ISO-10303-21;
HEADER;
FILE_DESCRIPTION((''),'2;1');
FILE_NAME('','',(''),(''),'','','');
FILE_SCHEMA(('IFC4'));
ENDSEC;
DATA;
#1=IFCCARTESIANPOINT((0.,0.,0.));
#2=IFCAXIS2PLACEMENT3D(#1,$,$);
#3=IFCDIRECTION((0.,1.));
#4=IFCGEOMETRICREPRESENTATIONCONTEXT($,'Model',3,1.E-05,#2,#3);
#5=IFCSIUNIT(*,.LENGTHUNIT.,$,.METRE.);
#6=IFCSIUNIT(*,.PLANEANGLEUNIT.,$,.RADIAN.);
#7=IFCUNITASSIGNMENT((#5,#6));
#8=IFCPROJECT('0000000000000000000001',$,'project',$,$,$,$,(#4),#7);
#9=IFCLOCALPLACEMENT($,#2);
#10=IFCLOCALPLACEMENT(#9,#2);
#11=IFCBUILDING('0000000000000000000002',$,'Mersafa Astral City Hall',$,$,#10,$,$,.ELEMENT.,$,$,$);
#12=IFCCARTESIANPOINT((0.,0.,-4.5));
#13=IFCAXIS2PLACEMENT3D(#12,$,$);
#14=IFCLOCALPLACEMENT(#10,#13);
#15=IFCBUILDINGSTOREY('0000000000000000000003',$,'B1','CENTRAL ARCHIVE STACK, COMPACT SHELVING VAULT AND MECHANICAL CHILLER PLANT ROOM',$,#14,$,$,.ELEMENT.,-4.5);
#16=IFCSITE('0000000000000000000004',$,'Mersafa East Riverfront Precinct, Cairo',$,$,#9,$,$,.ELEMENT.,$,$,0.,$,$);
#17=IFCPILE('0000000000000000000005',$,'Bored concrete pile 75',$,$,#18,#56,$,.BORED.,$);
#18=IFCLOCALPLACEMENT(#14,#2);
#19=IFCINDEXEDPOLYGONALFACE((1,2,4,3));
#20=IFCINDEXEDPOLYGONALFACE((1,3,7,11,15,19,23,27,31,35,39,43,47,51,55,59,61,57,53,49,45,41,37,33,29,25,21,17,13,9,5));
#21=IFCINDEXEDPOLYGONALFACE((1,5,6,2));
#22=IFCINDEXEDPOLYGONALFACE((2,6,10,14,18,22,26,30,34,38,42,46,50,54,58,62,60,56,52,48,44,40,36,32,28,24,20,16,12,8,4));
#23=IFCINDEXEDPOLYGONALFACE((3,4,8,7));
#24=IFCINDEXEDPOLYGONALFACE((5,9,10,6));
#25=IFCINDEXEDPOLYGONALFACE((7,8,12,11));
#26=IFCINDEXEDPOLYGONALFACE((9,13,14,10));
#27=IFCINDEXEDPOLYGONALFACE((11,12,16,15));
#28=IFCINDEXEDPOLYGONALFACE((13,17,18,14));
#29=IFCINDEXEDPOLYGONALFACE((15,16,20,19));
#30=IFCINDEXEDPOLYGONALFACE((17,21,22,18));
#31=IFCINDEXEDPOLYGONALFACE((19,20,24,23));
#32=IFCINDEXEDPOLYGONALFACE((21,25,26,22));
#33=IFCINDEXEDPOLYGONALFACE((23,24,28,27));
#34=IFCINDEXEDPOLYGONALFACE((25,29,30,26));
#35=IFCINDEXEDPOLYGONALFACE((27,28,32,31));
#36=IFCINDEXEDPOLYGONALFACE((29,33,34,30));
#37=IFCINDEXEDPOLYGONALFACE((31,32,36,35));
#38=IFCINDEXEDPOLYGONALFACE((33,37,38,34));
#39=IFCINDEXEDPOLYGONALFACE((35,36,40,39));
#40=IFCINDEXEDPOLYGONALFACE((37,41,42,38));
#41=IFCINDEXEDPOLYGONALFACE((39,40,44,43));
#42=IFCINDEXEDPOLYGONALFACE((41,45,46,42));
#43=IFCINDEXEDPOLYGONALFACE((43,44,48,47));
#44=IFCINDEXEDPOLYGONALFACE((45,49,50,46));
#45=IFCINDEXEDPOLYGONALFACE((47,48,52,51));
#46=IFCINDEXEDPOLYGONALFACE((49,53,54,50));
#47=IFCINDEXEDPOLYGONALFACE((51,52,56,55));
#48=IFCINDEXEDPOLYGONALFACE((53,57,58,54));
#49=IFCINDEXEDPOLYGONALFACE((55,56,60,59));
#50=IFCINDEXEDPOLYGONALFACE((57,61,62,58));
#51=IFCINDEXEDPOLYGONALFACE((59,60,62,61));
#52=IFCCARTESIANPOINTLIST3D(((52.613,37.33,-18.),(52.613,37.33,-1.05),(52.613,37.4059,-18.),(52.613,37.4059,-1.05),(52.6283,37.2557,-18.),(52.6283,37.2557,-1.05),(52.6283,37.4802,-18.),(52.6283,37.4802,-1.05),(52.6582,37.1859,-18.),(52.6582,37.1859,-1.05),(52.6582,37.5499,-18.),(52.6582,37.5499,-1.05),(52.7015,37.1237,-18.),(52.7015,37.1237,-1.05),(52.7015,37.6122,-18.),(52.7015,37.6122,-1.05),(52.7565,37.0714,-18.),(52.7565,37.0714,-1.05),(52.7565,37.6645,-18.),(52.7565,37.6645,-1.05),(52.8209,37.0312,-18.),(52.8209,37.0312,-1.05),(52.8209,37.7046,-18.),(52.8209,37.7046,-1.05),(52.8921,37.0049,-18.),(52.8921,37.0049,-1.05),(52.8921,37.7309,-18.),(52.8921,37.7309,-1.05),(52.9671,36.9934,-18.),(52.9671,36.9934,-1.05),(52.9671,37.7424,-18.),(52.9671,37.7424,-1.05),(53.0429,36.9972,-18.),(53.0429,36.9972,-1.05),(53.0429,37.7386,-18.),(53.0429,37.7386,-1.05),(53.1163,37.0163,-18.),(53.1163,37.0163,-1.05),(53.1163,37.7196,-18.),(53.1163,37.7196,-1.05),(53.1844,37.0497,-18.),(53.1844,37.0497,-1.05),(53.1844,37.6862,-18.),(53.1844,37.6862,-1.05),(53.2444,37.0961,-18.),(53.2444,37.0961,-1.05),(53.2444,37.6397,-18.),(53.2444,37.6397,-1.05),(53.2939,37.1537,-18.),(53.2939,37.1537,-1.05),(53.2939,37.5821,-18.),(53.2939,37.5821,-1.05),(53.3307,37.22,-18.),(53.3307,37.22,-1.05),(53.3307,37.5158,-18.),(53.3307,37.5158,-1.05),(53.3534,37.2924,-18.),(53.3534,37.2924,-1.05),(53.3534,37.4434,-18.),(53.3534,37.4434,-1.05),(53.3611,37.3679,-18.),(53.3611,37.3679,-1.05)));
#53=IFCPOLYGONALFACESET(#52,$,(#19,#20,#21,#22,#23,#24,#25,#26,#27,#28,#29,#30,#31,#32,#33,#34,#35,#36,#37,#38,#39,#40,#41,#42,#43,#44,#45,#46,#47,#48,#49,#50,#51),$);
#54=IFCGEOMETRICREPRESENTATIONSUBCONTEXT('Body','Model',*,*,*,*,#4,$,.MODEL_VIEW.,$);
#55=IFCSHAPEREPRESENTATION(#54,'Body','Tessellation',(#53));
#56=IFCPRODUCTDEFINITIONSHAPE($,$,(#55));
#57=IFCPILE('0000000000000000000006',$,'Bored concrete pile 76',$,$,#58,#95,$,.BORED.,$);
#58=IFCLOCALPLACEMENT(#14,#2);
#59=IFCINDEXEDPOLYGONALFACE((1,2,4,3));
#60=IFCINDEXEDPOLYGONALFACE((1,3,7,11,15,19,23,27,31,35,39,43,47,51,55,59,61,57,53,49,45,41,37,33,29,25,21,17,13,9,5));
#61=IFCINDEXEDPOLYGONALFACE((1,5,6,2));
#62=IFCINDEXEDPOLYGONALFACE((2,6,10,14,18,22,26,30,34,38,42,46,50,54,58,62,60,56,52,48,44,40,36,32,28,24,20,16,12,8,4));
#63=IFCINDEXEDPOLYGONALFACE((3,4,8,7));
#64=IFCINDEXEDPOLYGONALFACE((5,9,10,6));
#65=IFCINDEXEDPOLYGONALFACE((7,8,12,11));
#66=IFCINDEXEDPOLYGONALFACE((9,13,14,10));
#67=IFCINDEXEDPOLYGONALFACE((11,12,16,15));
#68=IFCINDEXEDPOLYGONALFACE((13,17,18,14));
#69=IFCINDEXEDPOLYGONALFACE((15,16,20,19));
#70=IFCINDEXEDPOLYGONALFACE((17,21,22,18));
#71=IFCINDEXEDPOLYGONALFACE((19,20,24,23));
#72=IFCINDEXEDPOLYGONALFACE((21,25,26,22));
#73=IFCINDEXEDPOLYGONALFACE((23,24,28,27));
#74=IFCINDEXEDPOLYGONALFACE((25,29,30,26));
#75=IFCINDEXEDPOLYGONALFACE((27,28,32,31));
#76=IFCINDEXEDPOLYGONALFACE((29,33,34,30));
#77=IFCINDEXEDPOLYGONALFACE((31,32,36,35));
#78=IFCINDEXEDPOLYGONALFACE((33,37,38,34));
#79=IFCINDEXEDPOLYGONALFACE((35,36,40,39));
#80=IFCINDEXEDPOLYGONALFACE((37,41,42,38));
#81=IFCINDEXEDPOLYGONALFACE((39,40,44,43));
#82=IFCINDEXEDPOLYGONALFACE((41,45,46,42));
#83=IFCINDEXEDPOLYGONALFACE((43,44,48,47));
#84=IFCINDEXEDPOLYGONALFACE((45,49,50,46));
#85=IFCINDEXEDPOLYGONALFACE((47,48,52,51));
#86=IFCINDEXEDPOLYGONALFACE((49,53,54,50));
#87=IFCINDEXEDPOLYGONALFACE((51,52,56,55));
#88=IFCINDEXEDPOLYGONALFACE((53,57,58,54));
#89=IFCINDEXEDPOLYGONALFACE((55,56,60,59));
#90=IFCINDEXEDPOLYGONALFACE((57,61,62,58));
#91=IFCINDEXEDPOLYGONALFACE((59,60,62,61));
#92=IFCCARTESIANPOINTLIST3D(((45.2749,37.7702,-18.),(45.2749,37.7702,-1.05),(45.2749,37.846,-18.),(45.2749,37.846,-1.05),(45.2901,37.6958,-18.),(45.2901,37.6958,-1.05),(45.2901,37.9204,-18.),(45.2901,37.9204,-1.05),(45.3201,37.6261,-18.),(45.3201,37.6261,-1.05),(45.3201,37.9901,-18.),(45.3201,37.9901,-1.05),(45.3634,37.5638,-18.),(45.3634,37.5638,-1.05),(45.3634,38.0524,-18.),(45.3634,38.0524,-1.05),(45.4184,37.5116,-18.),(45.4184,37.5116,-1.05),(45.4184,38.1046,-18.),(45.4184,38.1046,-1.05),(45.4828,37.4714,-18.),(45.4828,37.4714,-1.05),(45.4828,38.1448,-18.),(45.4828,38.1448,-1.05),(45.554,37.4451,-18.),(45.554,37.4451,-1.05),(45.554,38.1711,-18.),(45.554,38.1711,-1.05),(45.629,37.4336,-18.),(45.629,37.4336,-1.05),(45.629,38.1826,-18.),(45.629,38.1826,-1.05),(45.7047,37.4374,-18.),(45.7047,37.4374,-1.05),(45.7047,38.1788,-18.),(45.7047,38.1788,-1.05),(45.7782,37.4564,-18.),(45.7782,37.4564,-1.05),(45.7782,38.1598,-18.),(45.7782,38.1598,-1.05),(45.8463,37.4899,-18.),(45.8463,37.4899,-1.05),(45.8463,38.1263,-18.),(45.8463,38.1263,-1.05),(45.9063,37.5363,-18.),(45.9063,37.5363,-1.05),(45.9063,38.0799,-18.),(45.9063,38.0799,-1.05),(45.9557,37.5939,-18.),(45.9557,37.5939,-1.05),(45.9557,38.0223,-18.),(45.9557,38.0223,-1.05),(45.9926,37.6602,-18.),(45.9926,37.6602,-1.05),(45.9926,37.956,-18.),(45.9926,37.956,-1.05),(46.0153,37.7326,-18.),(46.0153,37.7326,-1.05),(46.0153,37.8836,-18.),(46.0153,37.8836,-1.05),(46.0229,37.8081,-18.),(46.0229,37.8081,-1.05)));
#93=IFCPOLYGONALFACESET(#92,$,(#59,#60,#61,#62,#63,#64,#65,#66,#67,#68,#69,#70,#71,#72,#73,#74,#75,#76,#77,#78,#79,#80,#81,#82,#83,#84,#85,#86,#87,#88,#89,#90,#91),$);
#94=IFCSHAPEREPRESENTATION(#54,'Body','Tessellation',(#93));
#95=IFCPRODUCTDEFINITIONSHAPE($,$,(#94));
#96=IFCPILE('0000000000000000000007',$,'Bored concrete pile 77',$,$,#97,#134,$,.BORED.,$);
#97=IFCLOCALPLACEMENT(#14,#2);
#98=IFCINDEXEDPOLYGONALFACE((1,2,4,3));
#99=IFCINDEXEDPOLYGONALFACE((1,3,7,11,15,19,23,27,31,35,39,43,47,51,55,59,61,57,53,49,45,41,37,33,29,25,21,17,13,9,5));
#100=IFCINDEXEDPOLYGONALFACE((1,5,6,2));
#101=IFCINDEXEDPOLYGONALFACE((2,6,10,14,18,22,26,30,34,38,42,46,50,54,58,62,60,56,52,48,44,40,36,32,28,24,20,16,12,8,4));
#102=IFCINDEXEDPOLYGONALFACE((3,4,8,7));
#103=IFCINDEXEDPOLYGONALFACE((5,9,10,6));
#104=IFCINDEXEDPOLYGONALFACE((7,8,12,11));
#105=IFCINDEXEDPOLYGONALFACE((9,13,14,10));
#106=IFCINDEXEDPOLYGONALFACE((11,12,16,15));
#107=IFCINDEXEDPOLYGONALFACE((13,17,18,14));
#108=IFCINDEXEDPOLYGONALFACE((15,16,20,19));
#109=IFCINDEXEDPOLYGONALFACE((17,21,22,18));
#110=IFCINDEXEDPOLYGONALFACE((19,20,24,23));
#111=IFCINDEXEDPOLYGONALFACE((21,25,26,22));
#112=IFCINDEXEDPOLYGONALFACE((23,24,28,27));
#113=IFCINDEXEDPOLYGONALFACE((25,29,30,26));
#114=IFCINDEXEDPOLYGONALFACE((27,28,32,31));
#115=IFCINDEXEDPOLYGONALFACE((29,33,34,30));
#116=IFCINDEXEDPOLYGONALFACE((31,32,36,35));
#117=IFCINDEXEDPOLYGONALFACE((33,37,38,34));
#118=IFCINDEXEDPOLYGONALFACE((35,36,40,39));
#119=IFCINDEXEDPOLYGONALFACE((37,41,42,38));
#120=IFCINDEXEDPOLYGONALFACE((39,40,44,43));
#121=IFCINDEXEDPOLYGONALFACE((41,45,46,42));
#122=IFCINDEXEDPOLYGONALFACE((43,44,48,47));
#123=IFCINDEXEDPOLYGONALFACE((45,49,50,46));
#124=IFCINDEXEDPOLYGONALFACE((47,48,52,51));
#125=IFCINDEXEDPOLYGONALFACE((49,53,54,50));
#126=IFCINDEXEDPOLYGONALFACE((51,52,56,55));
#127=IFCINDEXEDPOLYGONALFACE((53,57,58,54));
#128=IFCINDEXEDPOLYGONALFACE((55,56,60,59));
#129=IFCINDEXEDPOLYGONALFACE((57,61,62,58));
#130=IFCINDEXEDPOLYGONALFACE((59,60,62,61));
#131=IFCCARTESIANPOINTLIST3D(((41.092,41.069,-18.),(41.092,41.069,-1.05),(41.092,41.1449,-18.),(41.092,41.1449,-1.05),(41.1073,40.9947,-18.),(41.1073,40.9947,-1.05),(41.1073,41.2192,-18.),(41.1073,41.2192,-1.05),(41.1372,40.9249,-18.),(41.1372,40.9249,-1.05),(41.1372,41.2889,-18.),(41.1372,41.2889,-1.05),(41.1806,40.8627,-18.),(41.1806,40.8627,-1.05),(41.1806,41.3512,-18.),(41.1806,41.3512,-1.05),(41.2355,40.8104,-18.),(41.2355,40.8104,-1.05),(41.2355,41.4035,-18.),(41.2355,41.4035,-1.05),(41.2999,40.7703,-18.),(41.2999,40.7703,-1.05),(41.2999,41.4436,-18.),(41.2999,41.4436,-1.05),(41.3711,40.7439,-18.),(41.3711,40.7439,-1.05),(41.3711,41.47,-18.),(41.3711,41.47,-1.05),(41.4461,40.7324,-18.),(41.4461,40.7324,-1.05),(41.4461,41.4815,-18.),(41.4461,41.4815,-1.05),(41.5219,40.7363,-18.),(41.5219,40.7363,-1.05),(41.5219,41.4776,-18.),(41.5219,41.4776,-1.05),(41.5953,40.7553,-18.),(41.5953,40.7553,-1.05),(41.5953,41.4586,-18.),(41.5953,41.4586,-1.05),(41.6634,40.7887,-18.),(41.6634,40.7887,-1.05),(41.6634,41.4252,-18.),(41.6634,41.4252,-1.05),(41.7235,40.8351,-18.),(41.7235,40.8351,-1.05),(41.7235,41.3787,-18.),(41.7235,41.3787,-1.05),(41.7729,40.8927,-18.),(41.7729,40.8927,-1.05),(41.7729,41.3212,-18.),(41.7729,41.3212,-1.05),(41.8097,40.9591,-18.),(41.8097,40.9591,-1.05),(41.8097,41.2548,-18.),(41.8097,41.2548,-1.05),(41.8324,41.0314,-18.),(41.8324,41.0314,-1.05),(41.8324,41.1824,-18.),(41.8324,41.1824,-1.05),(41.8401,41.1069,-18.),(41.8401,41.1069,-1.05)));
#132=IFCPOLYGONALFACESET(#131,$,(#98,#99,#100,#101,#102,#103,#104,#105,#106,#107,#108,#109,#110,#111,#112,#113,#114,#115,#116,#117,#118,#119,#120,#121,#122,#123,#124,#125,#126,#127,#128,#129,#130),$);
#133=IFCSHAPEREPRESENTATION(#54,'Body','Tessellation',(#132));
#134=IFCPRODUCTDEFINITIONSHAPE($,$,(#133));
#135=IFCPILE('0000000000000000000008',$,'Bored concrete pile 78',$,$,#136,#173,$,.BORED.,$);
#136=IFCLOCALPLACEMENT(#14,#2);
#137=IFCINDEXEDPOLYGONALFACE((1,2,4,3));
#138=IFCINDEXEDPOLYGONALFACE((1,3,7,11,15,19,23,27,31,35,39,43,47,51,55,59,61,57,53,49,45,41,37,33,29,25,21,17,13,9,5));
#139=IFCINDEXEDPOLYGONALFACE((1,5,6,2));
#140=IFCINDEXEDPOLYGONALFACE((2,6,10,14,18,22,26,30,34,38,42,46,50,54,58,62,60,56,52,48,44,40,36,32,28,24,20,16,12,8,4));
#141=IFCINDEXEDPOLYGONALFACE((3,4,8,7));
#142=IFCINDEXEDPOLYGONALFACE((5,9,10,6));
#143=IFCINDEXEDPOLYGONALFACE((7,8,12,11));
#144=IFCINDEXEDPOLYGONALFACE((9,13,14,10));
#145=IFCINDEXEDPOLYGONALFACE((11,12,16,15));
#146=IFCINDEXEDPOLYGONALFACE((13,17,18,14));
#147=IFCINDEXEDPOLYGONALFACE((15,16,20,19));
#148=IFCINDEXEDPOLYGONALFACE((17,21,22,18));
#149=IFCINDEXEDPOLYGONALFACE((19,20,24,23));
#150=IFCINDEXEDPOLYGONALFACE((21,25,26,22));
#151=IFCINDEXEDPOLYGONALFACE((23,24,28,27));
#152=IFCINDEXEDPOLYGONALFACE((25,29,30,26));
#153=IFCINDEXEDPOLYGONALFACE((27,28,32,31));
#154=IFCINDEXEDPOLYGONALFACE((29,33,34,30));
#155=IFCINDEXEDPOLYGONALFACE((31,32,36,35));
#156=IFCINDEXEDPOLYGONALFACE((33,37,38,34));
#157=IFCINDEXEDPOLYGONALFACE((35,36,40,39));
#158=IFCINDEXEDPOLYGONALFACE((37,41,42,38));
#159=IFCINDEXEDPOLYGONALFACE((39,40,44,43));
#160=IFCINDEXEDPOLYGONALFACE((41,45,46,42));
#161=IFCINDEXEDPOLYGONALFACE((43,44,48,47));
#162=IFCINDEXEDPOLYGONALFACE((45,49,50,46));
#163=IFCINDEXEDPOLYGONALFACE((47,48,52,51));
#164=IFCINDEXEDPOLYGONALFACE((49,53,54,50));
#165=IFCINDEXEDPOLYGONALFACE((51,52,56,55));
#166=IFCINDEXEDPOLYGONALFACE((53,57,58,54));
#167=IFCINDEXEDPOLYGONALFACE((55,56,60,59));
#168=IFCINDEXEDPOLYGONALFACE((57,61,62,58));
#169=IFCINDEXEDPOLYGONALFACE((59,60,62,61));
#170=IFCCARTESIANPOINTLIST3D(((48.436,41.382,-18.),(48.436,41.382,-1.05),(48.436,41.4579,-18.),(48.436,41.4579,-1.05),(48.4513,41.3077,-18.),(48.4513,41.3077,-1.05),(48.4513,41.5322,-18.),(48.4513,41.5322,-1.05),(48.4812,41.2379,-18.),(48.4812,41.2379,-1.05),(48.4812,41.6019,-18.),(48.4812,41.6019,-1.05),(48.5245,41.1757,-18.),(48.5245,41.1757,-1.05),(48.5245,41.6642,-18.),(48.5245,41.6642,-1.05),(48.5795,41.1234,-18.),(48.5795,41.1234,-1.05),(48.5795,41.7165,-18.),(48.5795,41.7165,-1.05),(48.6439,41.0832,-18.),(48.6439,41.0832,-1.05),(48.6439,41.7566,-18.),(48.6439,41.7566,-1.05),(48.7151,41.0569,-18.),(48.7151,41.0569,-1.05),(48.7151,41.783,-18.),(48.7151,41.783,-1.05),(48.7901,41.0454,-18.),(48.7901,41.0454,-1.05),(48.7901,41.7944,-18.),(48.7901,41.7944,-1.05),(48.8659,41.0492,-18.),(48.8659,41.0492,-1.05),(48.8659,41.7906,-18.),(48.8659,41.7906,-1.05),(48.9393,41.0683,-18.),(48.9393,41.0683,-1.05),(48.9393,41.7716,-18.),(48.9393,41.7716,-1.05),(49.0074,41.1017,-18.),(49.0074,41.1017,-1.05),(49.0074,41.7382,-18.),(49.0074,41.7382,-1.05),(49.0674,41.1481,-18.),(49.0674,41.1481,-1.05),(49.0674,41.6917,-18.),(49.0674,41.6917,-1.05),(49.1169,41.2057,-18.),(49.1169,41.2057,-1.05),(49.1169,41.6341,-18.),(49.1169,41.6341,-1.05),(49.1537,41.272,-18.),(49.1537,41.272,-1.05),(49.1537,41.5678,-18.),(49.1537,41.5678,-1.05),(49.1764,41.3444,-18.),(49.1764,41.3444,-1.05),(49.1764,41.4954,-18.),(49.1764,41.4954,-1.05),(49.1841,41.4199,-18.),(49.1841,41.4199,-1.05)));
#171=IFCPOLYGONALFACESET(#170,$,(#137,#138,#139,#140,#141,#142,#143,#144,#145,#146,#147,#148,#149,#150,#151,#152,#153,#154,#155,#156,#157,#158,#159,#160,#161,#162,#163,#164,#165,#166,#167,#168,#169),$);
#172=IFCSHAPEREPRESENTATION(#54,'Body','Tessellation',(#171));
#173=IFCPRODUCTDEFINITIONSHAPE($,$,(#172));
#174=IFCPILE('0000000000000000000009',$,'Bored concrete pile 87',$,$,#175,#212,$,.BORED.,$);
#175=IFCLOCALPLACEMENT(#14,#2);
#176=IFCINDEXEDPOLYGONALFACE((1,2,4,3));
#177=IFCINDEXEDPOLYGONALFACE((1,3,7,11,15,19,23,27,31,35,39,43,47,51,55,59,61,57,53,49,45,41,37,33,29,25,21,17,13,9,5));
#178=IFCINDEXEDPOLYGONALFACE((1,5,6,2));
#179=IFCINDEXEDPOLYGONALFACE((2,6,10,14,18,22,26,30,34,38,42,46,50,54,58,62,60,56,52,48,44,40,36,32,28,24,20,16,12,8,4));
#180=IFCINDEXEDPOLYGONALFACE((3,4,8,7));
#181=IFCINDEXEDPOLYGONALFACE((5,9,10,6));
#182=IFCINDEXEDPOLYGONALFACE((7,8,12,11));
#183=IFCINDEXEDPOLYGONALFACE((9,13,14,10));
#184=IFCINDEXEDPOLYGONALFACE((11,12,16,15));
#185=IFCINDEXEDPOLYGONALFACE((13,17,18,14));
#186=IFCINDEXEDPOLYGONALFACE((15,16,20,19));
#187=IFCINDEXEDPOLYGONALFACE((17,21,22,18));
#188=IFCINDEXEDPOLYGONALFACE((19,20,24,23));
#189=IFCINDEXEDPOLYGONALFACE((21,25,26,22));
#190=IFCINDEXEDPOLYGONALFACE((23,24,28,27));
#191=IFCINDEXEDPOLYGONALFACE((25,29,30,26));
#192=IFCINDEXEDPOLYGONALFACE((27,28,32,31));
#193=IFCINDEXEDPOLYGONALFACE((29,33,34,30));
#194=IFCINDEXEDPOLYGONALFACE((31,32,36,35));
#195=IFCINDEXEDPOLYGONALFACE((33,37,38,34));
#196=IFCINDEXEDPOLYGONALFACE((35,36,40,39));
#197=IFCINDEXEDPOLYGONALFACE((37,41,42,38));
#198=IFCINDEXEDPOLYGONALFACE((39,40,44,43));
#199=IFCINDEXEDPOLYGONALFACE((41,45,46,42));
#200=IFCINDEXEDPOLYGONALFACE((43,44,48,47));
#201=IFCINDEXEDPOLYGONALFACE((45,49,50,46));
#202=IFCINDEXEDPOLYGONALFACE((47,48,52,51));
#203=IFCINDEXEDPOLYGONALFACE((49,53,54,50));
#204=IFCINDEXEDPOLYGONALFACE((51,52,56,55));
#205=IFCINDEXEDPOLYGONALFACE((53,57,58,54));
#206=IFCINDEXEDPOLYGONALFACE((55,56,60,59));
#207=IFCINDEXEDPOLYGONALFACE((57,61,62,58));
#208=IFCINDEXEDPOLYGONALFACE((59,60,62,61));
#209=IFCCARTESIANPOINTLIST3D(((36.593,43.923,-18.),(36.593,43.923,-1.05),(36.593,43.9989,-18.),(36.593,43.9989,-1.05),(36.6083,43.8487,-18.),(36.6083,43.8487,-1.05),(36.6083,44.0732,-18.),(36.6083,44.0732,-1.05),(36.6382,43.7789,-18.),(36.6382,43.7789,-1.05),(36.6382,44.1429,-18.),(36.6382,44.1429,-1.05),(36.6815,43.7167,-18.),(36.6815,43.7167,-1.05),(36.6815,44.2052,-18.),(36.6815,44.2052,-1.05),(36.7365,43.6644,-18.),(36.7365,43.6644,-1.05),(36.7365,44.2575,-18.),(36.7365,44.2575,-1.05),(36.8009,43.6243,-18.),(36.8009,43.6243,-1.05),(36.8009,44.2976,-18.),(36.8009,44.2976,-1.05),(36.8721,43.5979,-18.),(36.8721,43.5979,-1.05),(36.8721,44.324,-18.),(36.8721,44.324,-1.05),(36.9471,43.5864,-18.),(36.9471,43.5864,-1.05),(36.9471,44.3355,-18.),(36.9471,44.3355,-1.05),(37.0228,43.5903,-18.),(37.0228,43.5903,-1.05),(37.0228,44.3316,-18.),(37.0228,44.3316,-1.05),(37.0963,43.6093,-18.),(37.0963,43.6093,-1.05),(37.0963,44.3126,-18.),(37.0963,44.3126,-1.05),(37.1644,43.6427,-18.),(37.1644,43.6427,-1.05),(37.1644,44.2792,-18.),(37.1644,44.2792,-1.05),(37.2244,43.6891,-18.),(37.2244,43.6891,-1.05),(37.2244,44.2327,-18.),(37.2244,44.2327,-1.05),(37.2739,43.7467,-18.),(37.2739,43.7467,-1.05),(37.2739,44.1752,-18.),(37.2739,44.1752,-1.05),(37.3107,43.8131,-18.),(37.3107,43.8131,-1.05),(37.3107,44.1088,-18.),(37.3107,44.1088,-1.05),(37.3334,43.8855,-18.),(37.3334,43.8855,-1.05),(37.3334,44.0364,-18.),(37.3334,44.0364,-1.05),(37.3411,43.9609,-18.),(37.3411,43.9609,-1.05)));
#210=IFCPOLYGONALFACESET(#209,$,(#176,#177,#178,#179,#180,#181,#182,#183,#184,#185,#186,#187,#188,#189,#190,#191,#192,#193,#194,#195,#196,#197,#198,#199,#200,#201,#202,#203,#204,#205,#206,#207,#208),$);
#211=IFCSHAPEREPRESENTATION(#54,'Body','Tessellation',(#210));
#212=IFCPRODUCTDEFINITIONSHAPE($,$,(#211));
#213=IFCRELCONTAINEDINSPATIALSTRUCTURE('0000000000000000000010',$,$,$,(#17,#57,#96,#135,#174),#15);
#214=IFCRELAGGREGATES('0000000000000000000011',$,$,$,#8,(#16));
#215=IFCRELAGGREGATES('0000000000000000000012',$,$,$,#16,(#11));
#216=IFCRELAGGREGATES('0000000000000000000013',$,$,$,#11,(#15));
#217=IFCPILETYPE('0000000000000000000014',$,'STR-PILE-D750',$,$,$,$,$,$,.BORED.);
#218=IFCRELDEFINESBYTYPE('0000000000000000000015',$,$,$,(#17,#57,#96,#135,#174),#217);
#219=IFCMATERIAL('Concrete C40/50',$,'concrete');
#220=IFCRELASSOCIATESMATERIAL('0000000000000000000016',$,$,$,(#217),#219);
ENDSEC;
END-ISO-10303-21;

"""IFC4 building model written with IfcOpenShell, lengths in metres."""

from ifc_helpers import new_model, si_unit, direction, frame, origin, origin_2d, place, context, subcontext, project, spatial, circle, extrude, material, material_profile, profile_set, type_object, element, save


model = new_model("IFC4")

# Units and contexts
model_context = context("Model", 3, precision=1e-05, world=origin(), true_north=direction((0.0, 1.0)))
body_context = subcontext(model_context, "Body", "Model", "MODEL_VIEW")
ifc_project = project(units=[si_unit("LENGTHUNIT", "METRE"), si_unit("PLANEANGLEUNIT", "RADIAN")], contexts=[model_context])

# Site, building, storey
site_placement = place(None, origin())
site = spatial("IfcSite", under=ifc_project, at=site_placement, Name="Mersafa East Riverfront Precinct, Cairo", CompositionType="ELEMENT", RefElevation=0.0)
building_placement = place(site_placement, origin())
building = spatial("IfcBuilding", under=site, at=building_placement, Name="Mersafa Astral City Hall", CompositionType="ELEMENT")
storey_placement = place(building_placement, frame((0.0, 0.0, -4.5)))
storey = spatial("IfcBuildingStorey", under=building, at=storey_placement, Name="B1", Description="CENTRAL ARCHIVE STACK, COMPACT SHELVING VAULT AND MECHANICAL CHILLER PLANT ROOM", CompositionType="ELEMENT", Elevation=-4.5)

# Shared definitions
ifc_material = material(Name="Concrete C40/50", Category="concrete")

# Piles
ifc_material_profile_1 = material_profile(ifc_material, circle(Radius=0.375, at=origin_2d()), Name="PILE D750")
ifc_profile_set_1 = profile_set([ifc_material_profile_1], Name="Concrete C40/50")
pile_type = type_object("IfcPileType", Name="STR-PILE-D750", PredefinedType="BORED", material=ifc_profile_set_1)
for number, where, z_axis, x_axis, name in (
    (1, (52.9861, 37.3679, -1.05), (0.0, 0.0, -1.0), (1.0, 0.0, 0.0), "Bored concrete pile 75"),
    (2, (45.6479, 37.8081, -1.05), (0.0, 0.0, -1.0), (1.0, 0.0, 0.0), "Bored concrete pile 76"),
    (3, (41.4651, 41.1069, -1.05), (0.0, 0.0, -1.0), (1.0, 0.0, 0.0), "Bored concrete pile 77"),
    (4, (48.8091, 41.4199, -1.05), (0.0, 0.0, -1.0), (1.0, 0.0, 0.0), "Bored concrete pile 78"),
    (5, (36.9661, 43.9609, -1.05), (0.0, 0.0, -1.0), (1.0, 0.0, 0.0), "Bored concrete pile 87"),
):
    element("IfcPile", number, at=place(storey_placement, frame(where, z_axis=z_axis, x_axis=x_axis)), inside=storey, type_object=pile_type, Name=name, PredefinedType="BORED", context=body_context, shape_type="SweptSolid", body=[
        extrude(circle(Radius=0.375, at=origin_2d()), origin(), (0.0, 0.0, 1.0), 16.95),
    ])

save(model, "model.ifc")
